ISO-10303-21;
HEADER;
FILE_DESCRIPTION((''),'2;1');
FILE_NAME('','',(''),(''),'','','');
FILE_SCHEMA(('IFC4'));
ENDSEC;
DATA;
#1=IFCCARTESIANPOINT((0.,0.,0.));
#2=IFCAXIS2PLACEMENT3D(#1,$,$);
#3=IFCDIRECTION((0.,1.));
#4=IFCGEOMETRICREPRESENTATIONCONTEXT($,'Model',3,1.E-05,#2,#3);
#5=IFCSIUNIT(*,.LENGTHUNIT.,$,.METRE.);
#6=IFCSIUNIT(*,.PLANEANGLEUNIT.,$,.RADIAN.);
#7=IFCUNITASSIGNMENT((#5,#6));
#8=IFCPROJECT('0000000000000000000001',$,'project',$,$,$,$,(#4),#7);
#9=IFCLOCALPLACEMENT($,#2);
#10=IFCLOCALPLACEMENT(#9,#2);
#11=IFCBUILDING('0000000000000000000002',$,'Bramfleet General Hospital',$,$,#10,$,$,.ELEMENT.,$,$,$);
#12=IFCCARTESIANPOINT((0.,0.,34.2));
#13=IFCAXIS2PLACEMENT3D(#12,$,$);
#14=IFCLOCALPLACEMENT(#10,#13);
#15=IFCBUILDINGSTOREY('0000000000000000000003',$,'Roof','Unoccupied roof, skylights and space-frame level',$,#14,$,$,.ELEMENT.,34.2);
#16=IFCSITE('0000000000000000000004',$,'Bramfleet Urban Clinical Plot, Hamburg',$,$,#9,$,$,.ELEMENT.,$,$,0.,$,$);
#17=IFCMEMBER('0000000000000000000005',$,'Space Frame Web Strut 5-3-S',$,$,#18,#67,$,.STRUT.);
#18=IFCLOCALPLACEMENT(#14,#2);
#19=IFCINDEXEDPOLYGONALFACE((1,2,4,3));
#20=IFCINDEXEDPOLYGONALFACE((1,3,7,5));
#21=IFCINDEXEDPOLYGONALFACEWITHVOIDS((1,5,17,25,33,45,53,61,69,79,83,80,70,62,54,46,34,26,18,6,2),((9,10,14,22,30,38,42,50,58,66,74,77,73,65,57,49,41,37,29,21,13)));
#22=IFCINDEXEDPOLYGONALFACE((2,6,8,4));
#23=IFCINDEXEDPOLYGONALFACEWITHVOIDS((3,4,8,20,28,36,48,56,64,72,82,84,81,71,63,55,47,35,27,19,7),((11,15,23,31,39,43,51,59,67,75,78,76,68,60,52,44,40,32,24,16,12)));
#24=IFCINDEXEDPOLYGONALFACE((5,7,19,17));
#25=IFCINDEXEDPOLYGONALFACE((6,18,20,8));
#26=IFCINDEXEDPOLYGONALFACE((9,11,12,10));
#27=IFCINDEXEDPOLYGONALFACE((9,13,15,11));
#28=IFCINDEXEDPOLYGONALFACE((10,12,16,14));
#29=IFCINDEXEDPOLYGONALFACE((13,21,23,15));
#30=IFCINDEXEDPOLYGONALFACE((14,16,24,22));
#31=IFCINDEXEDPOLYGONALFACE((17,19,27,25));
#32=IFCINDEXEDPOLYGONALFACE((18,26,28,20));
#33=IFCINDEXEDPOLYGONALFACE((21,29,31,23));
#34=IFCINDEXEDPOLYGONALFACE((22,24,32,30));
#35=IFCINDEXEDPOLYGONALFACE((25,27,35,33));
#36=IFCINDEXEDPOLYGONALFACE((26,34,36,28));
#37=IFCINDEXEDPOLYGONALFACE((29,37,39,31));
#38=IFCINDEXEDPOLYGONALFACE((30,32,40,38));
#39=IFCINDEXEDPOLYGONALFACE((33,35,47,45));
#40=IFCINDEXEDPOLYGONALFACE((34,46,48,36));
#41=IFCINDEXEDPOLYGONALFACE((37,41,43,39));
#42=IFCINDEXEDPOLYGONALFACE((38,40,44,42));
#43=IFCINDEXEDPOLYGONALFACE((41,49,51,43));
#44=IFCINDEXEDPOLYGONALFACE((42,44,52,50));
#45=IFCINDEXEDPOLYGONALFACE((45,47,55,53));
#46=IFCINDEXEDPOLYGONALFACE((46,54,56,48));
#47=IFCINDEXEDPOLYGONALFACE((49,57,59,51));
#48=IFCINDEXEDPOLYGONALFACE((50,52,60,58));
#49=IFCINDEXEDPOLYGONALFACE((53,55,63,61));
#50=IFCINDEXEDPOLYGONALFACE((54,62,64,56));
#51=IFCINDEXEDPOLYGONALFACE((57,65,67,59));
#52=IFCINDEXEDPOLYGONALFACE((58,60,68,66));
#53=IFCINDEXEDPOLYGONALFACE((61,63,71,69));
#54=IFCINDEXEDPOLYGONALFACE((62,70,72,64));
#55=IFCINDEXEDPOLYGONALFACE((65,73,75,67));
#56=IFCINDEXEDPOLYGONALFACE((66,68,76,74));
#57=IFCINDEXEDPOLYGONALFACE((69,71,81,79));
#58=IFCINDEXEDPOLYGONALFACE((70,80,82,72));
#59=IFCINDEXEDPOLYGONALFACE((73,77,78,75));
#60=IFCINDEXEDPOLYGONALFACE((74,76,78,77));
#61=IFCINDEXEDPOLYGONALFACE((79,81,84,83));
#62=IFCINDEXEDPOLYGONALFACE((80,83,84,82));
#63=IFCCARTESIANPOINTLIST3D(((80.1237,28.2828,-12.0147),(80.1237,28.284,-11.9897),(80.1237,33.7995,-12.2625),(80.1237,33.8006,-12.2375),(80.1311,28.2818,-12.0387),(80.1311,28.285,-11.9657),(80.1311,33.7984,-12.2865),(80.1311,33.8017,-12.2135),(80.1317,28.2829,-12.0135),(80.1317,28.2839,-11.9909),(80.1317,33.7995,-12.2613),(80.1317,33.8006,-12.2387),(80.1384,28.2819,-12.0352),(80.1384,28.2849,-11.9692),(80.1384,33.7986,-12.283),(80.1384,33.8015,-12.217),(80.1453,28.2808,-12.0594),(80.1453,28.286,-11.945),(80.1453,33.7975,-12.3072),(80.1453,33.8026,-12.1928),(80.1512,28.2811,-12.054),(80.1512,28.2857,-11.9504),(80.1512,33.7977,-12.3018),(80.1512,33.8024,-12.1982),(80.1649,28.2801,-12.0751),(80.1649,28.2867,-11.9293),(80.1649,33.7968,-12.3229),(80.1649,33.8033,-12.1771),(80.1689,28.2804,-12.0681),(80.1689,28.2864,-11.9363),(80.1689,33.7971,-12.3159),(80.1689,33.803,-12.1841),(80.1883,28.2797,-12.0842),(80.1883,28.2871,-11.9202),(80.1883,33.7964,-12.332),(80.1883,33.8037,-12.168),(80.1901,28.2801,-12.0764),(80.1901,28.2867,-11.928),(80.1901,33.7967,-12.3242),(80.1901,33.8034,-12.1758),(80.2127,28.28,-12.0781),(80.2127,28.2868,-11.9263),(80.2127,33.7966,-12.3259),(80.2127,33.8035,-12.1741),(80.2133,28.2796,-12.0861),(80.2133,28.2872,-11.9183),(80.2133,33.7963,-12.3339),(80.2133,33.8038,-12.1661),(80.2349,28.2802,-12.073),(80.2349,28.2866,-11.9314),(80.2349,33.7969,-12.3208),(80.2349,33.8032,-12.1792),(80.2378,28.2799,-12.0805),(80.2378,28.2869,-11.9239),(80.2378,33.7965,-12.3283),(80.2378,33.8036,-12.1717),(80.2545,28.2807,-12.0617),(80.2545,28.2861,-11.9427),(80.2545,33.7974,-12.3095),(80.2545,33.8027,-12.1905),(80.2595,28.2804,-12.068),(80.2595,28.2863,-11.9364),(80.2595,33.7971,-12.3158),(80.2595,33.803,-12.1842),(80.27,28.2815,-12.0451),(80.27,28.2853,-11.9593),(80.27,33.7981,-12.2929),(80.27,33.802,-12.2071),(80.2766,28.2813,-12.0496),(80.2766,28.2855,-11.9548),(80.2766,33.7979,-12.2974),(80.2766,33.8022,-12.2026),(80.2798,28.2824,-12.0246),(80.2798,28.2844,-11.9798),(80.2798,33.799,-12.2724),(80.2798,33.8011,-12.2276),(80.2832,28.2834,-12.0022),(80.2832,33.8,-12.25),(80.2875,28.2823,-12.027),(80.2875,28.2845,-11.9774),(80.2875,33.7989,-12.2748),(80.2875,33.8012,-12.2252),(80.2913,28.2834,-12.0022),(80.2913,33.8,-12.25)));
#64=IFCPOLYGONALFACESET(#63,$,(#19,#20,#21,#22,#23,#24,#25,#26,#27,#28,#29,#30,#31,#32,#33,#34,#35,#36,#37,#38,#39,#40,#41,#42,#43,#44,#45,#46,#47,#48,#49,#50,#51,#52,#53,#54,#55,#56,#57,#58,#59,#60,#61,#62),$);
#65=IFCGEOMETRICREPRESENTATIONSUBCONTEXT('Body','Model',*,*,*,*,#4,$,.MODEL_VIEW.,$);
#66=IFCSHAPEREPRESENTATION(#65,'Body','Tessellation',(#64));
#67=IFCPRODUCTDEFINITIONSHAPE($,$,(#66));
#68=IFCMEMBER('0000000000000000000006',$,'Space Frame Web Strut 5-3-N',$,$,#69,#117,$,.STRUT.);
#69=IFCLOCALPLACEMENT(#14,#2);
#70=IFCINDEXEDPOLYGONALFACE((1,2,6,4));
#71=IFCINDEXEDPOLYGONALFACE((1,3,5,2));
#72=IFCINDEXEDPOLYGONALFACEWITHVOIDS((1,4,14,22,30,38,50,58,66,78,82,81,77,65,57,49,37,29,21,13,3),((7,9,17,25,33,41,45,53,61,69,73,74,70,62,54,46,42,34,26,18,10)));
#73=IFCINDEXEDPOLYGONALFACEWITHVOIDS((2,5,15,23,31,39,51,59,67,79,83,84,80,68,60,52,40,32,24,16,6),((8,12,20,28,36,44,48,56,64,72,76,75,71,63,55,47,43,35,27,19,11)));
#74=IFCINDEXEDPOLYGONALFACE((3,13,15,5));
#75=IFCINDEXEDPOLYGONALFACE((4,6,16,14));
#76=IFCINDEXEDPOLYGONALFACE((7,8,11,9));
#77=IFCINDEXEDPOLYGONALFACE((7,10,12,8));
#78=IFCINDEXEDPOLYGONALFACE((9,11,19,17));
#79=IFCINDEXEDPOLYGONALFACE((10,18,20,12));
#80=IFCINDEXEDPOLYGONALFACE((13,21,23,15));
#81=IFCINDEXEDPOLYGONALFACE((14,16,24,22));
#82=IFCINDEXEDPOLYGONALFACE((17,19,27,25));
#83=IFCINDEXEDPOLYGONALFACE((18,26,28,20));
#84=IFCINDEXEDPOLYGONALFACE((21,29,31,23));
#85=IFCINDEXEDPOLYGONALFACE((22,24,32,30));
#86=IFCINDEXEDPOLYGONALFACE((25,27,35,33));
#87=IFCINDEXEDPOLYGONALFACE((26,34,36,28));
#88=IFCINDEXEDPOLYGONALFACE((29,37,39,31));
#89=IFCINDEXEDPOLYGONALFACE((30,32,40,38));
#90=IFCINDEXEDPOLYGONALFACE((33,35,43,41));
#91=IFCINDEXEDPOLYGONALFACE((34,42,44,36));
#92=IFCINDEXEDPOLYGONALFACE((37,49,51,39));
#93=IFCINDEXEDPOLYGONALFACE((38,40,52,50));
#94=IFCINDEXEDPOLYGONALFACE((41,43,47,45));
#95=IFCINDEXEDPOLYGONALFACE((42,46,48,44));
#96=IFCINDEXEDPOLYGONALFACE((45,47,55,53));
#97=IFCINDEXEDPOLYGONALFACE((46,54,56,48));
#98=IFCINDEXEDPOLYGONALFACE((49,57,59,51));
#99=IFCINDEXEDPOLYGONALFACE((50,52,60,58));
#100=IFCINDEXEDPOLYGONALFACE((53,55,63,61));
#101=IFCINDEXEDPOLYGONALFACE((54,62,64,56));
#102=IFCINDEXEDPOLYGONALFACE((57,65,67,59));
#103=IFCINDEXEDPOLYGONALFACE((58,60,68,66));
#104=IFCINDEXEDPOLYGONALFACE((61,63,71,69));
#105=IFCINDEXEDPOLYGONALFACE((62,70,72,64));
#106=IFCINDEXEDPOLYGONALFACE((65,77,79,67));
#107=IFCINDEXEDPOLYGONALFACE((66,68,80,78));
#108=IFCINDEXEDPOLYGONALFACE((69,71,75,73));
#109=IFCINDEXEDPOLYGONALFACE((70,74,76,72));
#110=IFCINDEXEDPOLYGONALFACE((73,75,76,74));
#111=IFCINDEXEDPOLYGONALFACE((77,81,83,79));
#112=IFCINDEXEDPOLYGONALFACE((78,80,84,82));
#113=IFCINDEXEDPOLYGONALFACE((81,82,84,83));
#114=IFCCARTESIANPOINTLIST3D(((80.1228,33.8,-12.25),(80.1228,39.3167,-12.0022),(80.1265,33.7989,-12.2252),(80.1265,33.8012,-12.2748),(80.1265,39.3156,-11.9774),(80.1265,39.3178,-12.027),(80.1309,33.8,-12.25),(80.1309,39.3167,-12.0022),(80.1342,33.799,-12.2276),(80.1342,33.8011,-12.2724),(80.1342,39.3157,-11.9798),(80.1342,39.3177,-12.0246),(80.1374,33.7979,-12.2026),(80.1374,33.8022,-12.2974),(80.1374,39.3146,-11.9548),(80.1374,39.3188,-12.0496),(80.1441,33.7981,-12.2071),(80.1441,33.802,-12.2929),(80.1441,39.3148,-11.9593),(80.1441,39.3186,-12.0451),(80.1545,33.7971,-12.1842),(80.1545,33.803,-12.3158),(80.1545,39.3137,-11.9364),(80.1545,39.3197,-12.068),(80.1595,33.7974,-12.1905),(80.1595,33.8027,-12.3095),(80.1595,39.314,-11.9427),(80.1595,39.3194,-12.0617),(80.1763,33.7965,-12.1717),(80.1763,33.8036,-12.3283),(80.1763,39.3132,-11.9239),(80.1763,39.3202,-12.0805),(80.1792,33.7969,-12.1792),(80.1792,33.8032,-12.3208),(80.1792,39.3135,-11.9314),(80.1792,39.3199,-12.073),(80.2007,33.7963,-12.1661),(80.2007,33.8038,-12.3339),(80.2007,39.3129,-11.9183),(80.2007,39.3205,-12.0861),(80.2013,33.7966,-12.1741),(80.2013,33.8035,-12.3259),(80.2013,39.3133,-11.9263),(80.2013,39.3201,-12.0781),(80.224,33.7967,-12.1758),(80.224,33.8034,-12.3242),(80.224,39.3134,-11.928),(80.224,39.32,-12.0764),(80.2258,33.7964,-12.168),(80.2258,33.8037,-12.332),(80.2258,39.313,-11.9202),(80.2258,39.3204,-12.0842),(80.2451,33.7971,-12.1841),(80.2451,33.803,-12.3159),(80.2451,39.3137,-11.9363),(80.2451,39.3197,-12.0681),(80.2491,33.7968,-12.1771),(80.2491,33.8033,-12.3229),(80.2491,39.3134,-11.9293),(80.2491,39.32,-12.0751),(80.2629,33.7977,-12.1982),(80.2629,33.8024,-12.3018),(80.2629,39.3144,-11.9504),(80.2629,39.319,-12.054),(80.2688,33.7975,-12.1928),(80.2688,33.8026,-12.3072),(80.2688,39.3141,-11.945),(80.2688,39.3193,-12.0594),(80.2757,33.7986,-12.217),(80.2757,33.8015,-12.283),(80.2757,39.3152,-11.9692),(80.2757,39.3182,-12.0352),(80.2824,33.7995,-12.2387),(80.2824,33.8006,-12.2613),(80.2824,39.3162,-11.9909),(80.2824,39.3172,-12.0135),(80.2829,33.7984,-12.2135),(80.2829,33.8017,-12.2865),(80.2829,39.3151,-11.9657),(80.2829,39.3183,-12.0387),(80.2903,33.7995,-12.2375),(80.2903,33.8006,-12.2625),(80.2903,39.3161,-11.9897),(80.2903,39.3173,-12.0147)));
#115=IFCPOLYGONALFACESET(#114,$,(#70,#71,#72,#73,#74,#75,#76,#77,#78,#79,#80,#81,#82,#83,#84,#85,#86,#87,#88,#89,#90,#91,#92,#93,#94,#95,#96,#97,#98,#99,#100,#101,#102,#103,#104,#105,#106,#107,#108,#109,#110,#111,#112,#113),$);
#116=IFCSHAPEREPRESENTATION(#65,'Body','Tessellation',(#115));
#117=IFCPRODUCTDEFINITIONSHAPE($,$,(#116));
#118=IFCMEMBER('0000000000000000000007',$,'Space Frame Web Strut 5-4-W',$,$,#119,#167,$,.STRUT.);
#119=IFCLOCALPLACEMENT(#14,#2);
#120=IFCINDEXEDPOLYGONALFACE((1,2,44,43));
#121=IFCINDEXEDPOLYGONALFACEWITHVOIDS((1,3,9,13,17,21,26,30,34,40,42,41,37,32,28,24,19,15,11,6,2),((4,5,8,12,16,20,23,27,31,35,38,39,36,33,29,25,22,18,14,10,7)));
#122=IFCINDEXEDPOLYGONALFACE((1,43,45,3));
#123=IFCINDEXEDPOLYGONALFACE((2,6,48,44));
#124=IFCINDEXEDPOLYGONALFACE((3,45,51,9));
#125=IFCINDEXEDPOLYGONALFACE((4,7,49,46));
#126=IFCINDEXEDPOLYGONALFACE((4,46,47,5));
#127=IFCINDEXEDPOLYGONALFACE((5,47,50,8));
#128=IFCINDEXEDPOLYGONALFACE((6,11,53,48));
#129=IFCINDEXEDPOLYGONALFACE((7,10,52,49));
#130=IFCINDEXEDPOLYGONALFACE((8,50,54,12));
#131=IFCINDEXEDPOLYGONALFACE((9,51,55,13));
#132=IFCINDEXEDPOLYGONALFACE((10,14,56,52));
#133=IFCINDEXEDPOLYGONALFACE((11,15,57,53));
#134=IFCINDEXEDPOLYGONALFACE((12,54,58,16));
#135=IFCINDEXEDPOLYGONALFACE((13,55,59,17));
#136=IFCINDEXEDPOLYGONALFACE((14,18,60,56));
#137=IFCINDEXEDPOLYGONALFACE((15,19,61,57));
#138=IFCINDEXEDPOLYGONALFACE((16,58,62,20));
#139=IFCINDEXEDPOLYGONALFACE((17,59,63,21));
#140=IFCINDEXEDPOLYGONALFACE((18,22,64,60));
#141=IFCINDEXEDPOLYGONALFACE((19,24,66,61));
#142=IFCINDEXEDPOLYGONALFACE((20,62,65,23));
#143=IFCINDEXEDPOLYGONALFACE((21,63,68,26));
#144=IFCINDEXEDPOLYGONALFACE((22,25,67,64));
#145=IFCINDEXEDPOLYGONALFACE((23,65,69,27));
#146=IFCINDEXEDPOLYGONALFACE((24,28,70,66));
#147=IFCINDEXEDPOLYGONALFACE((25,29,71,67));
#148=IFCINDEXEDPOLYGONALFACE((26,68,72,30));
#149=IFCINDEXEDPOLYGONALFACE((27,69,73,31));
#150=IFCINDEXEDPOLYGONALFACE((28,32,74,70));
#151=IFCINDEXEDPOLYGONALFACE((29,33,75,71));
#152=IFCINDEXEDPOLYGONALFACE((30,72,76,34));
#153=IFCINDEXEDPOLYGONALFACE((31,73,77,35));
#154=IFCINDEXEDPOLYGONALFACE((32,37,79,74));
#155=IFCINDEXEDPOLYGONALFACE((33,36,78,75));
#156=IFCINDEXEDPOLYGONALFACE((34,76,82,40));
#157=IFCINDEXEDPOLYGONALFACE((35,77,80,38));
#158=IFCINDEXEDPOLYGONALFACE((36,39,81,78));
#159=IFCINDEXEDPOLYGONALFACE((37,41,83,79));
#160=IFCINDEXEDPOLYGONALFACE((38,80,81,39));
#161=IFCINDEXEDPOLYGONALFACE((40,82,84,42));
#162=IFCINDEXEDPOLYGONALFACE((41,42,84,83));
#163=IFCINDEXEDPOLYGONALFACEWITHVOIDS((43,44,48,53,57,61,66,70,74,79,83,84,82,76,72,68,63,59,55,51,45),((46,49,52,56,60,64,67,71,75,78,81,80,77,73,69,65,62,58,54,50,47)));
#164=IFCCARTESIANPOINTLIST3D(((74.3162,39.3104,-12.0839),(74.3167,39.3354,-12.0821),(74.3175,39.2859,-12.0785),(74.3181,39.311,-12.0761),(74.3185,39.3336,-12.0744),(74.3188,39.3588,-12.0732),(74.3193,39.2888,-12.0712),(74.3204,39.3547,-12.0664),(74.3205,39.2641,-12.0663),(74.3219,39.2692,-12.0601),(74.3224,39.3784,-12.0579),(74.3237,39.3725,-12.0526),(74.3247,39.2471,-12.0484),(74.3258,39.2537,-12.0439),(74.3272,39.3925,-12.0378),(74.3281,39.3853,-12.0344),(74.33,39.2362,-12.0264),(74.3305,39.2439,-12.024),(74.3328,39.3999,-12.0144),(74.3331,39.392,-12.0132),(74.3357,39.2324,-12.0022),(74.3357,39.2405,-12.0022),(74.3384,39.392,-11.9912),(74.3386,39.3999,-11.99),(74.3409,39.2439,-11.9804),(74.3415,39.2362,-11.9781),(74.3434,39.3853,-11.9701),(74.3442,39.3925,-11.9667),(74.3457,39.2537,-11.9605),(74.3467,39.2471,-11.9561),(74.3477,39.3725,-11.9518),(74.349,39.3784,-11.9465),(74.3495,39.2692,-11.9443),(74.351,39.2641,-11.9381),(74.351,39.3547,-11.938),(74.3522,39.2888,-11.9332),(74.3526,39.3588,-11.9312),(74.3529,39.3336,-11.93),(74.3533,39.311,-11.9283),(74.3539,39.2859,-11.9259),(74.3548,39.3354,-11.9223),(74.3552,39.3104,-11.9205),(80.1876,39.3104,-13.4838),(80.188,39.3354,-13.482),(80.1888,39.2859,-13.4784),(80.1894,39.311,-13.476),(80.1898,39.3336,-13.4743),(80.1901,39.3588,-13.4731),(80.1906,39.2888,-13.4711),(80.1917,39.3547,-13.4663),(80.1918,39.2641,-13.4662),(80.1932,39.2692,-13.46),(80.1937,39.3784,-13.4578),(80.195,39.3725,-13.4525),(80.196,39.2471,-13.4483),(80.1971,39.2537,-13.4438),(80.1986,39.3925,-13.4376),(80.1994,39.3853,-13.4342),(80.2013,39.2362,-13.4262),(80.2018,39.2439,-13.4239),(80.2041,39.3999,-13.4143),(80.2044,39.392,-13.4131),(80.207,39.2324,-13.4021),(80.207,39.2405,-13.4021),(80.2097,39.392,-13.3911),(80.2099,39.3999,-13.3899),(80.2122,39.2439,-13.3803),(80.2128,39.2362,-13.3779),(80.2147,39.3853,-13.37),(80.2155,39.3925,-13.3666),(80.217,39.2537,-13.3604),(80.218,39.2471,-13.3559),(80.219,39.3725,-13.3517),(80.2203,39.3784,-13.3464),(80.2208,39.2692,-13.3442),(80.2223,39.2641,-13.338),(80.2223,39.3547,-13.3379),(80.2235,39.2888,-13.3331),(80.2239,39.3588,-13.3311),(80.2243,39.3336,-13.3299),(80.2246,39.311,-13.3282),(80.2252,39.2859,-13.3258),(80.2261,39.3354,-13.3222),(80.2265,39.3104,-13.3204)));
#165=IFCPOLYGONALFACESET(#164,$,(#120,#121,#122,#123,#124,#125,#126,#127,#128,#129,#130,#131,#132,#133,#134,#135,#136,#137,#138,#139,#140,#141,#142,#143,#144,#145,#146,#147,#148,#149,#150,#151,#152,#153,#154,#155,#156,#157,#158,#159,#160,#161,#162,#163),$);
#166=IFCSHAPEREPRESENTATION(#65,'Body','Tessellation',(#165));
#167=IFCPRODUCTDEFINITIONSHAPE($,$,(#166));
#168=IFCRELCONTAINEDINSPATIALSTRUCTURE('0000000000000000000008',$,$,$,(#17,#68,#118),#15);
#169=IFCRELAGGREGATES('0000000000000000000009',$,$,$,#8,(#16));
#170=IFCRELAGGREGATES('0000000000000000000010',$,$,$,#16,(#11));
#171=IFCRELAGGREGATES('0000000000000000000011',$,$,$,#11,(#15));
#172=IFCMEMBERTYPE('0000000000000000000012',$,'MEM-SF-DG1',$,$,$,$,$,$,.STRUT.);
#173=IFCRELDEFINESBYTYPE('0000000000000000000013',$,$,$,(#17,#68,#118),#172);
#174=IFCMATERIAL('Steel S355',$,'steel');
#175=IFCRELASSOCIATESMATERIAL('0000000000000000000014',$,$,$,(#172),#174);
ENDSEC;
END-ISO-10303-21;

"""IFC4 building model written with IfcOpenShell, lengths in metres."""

from ifc_helpers import new_model, si_unit, direction, frame, origin, origin_2d, place, context, subcontext, project, spatial, hollow_circle, extrude, material, material_profile, profile_set, type_object, element, save


model = new_model("IFC4")

# Units and contexts
model_context = context("Model", 3, precision=1e-05, world=origin(), true_north=direction((0.0, 1.0)))
body_context = subcontext(model_context, "Body", "Model", "MODEL_VIEW")
ifc_project = project(units=[si_unit("LENGTHUNIT", "METRE"), si_unit("PLANEANGLEUNIT", "RADIAN")], contexts=[model_context])

# Site, building, storey
site_placement = place(None, origin())
site = spatial("IfcSite", under=ifc_project, at=site_placement, Name="Bramfleet Urban Clinical Plot, Hamburg", CompositionType="ELEMENT", RefElevation=0.0)
building_placement = place(site_placement, origin())
building = spatial("IfcBuilding", under=site, at=building_placement, Name="Bramfleet General Hospital", CompositionType="ELEMENT")
storey_placement = place(building_placement, frame((0.0, 0.0, 34.2)))
storey = spatial("IfcBuildingStorey", under=building, at=storey_placement, Name="Roof", Description="Unoccupied roof, skylights and space-frame level", CompositionType="ELEMENT", Elevation=34.2)

# Members
ifc_material_1 = material(Name="Steel S355", Category="steel")
ifc_material_profile_1 = material_profile(ifc_material_1, hollow_circle(Radius=0.0842, WallThickness=0.0081, at=origin_2d()), Name="CHS 168.3x8.0")
ifc_profile_set_1 = profile_set([ifc_material_profile_1], Name="Steel S355")
member_type_1 = type_object("IfcMemberType", Name="MEM-SF-DG1", PredefinedType="STRUT", material=ifc_profile_set_1)
for number, where, z_axis, x_axis, name in (
    (1, (80.207, 33.8, -12.25), (0.0, -0.998993, 0.044874), (1.0, 0.0, 0.0), "Space Frame Web Strut 5-3-S"),
    (2, (80.207, 33.8, -12.25), (0.0, 0.998993, 0.044874), (-1.0, 0.0, 0.0), "Space Frame Web Strut 5-3-N"),
):
    element("IfcMember", number, at=place(storey_placement, frame(where, z_axis=z_axis, x_axis=x_axis)), inside=storey, type_object=member_type_1, Name=name, PredefinedType="STRUT", context=body_context, shape_type="SweptSolid", body=[
        extrude(hollow_circle(Radius=0.0842, WallThickness=0.0081, at=origin_2d()), origin(), (0.0, 0.0, 1.0), 5.5222),
    ])
member_1_placement = place(storey_placement, frame((80.207, 39.3167, -13.4021), z_axis=(-0.972733, 0.0, 0.231929), x_axis=(0.0, -1.0, 0.0)))
element("IfcMember", 3, at=member_1_placement, inside=storey, type_object=member_type_1, Name="Space Frame Web Strut 5-4-W", PredefinedType="STRUT", context=body_context, shape_type="SweptSolid", body=[
    extrude(hollow_circle(Radius=0.0842, WallThickness=0.0081, at=origin_2d()), origin(), (0.0, 0.0, 1.0), 6.0359),
])

save(model, "model.ifc")
